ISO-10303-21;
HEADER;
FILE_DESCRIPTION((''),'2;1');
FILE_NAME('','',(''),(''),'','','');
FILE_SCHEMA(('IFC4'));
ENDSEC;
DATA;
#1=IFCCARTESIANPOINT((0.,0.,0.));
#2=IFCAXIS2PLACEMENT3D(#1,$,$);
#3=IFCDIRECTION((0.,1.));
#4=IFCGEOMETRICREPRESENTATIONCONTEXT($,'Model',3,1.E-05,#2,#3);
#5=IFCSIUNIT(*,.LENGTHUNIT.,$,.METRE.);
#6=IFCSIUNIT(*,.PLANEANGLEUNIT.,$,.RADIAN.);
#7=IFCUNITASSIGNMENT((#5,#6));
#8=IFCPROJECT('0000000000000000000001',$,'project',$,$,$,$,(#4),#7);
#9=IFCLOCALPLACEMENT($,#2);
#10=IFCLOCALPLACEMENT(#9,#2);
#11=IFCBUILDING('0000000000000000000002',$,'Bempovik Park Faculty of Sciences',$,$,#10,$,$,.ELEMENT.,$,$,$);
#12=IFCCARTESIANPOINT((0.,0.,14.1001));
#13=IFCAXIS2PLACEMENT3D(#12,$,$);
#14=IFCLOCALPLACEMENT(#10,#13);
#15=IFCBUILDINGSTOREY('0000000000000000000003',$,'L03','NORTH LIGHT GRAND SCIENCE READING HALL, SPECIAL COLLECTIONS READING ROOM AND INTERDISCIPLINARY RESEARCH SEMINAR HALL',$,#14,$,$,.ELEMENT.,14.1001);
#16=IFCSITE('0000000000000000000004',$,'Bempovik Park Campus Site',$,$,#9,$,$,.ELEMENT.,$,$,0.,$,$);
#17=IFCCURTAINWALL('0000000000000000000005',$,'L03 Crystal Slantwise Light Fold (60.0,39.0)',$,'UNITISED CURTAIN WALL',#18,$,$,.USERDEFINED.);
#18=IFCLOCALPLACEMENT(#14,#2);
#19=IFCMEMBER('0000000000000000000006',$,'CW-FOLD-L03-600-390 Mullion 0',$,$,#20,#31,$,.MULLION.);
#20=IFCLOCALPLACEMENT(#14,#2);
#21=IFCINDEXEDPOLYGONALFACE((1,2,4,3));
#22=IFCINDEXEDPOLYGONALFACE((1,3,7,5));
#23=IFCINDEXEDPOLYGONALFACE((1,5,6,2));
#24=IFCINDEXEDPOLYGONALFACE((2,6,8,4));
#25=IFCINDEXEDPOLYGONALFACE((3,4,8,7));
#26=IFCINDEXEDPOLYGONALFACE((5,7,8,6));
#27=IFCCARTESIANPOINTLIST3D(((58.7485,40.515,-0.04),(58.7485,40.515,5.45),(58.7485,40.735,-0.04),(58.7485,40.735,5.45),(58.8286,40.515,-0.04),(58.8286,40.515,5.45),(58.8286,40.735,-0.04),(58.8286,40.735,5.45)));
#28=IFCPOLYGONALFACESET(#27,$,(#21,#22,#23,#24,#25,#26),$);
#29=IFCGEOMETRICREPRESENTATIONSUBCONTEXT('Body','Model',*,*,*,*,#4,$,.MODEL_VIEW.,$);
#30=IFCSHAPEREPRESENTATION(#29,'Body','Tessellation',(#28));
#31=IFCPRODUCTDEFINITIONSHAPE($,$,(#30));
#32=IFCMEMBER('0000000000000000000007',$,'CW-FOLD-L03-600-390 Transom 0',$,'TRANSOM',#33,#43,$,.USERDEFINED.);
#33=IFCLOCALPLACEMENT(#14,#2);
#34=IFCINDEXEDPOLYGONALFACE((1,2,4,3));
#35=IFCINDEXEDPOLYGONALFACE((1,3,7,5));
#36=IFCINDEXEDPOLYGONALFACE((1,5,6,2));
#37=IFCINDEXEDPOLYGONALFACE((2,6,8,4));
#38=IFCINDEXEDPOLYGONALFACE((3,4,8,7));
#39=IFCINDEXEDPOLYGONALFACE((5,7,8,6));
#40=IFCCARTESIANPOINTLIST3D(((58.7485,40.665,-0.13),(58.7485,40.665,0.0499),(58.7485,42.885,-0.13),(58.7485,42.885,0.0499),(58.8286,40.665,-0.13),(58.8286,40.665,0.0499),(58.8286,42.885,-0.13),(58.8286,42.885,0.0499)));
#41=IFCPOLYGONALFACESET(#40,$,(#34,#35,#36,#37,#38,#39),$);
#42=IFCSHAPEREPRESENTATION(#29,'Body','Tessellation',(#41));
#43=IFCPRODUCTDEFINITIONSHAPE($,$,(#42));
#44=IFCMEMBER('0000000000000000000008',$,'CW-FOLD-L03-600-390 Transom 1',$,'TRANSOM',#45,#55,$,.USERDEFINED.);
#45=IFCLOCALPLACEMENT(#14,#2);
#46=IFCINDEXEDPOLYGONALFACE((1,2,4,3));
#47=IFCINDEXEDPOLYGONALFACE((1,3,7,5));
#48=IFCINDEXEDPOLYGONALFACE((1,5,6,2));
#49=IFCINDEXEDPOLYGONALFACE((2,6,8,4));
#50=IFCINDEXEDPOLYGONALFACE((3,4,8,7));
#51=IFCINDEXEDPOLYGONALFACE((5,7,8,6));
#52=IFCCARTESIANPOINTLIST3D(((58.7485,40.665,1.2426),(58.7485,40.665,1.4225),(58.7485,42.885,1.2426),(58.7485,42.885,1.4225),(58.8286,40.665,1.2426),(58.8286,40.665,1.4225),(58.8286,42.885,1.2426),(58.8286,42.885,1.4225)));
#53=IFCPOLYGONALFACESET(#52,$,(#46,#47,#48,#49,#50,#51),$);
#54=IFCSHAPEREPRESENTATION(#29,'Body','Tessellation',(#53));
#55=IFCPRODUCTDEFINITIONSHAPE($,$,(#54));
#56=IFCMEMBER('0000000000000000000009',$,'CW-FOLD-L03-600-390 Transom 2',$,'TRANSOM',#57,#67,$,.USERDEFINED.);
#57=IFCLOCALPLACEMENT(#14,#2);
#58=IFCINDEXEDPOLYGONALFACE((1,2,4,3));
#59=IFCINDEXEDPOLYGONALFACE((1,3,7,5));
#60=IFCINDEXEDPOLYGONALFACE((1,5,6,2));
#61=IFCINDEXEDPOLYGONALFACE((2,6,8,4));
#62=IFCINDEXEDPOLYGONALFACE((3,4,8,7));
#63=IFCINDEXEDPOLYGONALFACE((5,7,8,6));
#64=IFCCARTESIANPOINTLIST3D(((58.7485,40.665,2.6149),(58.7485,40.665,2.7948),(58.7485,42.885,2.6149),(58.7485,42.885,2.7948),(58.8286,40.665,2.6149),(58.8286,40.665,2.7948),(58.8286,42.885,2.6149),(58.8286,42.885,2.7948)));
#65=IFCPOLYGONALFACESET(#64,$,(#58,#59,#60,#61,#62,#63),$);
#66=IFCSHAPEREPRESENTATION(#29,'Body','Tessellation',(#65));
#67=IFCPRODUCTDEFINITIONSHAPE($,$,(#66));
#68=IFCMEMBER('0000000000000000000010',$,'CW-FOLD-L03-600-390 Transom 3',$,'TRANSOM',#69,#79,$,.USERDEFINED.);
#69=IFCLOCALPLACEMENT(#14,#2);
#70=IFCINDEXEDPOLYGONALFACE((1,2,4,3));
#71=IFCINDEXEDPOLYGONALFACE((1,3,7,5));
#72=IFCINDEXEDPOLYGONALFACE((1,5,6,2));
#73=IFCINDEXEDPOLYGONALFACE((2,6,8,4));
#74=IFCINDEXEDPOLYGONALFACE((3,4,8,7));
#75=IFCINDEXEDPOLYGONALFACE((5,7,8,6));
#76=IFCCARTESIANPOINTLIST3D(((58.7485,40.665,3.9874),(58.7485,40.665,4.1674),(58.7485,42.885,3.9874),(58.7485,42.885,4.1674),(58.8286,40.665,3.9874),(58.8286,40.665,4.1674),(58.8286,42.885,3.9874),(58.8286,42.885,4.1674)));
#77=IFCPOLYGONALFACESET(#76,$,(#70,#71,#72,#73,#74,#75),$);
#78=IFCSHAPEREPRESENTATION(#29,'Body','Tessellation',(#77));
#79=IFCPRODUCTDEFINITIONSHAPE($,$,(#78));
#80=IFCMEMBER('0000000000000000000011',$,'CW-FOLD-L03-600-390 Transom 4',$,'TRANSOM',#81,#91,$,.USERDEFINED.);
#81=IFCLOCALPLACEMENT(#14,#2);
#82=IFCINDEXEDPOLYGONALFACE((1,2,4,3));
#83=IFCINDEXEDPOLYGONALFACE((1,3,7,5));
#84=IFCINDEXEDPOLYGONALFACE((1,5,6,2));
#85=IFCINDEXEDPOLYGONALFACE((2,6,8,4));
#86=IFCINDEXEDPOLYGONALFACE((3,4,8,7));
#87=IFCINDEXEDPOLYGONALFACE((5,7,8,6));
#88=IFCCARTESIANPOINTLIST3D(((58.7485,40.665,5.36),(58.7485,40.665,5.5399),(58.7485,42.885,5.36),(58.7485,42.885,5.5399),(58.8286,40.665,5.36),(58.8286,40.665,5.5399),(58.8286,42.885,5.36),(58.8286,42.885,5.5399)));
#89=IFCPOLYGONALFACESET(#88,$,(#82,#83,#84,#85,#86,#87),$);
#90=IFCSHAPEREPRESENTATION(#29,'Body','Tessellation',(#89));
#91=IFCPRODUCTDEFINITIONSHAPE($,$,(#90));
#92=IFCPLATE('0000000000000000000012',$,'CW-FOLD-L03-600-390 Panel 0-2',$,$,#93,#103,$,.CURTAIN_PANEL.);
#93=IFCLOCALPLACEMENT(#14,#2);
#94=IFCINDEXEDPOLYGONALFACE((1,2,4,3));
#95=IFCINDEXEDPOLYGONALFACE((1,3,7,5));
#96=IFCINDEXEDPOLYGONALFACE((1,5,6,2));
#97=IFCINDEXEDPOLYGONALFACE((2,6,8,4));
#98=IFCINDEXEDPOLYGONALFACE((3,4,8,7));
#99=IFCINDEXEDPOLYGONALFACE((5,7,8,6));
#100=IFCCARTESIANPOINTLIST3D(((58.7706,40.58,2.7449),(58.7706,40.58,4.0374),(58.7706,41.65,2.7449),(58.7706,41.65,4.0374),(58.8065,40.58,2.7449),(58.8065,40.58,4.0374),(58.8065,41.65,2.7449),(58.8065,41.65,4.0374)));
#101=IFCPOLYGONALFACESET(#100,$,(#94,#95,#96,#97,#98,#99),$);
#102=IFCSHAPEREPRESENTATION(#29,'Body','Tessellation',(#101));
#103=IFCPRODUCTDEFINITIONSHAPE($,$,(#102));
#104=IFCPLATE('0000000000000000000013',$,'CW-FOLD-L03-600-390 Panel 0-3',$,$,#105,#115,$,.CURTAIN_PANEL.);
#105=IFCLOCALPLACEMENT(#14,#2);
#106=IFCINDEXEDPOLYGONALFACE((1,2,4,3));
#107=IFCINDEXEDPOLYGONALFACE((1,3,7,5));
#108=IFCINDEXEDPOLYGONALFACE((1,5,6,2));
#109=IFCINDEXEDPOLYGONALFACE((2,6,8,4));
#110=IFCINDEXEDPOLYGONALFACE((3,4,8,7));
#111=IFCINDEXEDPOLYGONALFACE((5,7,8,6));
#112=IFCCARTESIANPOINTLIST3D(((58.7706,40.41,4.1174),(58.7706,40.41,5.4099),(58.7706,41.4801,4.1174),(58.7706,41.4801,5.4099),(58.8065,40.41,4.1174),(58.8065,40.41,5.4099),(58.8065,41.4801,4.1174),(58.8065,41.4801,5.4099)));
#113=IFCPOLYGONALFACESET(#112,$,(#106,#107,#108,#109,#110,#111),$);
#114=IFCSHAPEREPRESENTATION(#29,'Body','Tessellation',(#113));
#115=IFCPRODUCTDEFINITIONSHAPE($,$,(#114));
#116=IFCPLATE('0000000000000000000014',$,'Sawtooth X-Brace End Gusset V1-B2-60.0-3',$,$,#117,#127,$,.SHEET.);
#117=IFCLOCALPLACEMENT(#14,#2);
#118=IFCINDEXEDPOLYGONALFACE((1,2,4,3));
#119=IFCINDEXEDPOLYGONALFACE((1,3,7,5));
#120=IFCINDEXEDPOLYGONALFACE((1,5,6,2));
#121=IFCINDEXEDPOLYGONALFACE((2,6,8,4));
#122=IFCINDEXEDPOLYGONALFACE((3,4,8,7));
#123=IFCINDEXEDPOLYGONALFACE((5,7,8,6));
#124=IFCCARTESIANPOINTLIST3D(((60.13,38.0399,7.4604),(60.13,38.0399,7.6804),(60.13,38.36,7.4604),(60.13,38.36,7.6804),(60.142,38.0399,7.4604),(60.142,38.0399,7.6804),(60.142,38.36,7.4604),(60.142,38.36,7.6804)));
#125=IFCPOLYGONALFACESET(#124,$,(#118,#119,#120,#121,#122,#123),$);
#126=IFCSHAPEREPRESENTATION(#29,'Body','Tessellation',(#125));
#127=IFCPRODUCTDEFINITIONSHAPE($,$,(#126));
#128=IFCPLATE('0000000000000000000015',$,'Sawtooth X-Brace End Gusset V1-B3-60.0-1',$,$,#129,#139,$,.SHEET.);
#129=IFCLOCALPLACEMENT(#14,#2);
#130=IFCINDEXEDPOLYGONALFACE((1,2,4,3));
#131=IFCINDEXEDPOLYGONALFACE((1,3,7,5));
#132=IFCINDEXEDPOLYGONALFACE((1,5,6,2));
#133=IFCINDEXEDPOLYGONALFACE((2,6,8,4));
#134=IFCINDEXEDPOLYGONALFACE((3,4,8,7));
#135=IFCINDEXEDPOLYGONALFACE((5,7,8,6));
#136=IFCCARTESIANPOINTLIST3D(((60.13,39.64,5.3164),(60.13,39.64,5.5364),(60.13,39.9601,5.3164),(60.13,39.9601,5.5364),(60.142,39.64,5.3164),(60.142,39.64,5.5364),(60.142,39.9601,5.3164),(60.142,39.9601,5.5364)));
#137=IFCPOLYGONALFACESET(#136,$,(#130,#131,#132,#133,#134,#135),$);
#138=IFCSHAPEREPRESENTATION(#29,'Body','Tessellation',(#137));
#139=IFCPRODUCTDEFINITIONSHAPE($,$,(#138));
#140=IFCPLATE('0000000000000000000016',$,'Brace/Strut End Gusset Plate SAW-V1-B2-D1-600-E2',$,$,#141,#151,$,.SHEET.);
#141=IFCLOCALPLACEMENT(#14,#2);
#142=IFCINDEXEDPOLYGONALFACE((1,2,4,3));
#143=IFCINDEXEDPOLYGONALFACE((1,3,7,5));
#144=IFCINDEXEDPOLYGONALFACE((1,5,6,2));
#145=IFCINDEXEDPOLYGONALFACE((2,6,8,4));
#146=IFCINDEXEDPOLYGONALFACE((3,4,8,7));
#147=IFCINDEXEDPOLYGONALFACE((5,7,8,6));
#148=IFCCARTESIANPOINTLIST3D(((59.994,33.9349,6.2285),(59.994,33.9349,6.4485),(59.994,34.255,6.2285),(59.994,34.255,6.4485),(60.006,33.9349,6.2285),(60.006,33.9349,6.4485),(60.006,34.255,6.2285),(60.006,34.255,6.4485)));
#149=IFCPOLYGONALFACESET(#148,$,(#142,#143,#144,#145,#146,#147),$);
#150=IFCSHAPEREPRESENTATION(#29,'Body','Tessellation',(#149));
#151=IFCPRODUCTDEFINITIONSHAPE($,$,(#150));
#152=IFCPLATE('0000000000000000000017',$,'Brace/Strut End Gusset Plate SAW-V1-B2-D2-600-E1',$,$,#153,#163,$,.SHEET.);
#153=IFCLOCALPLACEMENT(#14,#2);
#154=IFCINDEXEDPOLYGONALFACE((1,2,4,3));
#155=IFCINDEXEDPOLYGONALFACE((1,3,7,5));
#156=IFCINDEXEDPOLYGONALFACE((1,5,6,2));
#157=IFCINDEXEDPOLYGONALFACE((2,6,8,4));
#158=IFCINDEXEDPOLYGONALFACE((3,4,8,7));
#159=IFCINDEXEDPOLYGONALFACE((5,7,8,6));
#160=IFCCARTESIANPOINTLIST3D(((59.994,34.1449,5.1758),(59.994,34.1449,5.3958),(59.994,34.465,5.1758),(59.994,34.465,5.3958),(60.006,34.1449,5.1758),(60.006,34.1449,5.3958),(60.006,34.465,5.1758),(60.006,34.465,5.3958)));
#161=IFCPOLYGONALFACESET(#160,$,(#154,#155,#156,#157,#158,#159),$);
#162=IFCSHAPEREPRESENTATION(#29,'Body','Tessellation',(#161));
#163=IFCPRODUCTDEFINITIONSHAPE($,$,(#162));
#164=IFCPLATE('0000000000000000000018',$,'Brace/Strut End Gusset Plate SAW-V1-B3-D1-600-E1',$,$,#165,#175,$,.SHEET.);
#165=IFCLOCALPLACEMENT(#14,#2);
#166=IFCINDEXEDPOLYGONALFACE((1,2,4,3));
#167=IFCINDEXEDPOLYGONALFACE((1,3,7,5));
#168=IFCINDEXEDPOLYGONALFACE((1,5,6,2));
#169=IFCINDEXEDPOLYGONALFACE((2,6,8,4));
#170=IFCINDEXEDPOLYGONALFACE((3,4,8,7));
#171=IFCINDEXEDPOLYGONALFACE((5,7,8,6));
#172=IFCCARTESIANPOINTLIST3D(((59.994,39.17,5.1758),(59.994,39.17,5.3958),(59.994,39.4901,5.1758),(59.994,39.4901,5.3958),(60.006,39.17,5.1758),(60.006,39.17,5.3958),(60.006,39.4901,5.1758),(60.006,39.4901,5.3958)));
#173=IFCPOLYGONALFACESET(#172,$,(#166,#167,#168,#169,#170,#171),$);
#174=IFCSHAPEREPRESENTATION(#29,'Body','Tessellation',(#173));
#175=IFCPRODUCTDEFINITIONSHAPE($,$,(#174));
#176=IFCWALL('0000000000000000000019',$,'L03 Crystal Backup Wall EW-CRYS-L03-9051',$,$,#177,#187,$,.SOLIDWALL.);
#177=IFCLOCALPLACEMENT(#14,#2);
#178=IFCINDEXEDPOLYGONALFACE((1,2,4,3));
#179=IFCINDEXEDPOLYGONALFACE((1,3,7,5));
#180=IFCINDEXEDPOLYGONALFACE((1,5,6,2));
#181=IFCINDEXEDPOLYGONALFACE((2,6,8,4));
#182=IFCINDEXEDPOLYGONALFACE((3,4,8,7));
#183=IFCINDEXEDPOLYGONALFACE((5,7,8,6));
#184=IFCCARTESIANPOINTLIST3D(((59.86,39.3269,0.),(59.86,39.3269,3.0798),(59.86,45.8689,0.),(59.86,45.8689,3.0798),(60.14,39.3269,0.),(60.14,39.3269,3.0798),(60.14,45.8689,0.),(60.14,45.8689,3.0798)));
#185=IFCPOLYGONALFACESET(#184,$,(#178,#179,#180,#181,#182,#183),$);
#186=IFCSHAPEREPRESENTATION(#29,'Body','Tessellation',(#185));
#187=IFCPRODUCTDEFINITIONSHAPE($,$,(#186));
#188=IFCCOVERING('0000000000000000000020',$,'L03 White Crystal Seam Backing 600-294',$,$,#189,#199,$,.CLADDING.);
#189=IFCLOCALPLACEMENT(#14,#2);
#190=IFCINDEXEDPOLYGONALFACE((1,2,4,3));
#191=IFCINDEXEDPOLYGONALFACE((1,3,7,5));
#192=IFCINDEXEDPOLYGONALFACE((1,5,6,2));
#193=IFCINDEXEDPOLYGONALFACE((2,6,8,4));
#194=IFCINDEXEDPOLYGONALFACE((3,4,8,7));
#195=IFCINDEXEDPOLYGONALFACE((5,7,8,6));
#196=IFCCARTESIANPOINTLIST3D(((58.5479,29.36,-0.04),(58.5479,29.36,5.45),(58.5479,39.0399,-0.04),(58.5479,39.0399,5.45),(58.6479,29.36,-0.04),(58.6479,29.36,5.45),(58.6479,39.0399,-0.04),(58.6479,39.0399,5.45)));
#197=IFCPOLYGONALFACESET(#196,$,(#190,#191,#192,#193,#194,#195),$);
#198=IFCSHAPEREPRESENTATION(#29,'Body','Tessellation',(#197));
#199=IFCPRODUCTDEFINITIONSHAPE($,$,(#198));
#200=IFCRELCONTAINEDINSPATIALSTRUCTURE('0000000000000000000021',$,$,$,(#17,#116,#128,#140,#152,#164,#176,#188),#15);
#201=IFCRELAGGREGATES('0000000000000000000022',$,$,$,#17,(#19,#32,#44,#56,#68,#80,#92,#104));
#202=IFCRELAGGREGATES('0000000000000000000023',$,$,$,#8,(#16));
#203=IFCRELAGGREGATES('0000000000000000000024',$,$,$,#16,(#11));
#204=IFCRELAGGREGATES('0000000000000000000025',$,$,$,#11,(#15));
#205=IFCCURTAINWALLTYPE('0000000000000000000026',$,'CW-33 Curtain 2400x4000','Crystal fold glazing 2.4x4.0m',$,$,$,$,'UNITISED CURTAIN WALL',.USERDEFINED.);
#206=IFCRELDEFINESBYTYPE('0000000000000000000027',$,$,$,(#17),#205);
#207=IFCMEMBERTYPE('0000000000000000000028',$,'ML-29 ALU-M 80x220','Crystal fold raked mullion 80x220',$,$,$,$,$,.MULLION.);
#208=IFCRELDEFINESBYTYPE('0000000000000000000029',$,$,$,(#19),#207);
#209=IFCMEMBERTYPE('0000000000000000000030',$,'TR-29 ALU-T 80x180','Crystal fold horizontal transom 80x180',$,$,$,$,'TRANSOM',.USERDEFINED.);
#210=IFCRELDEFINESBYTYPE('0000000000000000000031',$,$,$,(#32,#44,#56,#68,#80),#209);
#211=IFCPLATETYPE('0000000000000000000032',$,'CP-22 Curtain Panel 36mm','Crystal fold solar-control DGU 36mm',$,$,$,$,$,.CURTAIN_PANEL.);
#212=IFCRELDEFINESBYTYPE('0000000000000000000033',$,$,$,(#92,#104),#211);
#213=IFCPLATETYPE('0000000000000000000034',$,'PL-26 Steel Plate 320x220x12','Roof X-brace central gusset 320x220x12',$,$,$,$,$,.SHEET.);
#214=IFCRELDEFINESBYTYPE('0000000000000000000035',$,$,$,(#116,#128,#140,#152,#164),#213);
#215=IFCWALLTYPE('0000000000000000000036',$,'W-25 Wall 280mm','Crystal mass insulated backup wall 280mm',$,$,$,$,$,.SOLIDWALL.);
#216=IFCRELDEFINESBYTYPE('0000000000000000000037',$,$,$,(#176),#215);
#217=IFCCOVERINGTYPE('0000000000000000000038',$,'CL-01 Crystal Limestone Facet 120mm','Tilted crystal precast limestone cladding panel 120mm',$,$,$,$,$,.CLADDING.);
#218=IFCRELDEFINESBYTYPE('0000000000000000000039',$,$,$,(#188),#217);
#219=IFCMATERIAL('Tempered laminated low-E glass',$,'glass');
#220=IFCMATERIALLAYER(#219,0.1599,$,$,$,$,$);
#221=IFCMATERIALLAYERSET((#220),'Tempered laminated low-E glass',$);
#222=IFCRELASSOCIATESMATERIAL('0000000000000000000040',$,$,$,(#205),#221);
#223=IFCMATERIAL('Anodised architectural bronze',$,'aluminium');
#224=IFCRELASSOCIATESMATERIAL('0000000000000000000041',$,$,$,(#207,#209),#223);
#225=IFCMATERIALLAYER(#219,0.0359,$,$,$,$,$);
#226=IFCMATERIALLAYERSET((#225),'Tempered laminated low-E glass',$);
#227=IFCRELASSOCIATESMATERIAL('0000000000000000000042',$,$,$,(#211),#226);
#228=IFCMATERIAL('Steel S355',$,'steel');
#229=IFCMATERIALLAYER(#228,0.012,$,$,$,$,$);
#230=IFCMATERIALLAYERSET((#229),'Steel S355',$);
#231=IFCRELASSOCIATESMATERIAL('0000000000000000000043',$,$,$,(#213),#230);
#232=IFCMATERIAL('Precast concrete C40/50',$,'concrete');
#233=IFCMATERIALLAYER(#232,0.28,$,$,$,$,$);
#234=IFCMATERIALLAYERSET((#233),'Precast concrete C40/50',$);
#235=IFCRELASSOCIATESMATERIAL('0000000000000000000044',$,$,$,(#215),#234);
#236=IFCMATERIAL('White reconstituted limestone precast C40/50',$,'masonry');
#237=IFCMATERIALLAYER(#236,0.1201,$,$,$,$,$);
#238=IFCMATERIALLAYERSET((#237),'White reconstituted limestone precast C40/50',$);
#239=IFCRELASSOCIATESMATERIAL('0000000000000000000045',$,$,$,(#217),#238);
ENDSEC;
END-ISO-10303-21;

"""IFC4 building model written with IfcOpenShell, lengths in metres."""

from ifc_helpers import new_model, si_unit, direction, frame, frame_2d, origin, origin_2d, place, context, subcontext, project, spatial, rectangle, extrude, material, layer, layer_set, material_profile, profile_set, type_object, element, aggregate, save


model = new_model("IFC4")

# Units and contexts
model_context = context("Model", 3, precision=1e-05, world=origin(), true_north=direction((0.0, 1.0)))
body_context = subcontext(model_context, "Body", "Model", "MODEL_VIEW")
ifc_project = project(units=[si_unit("LENGTHUNIT", "METRE"), si_unit("PLANEANGLEUNIT", "RADIAN")], contexts=[model_context])

# Site, building, storey
site_placement = place(None, origin())
site = spatial("IfcSite", under=ifc_project, at=site_placement, Name="Bempovik Park Campus Site", CompositionType="ELEMENT", RefElevation=0.0)
building_placement = place(site_placement, origin())
building = spatial("IfcBuilding", under=site, at=building_placement, Name="Bempovik Park Faculty of Sciences", CompositionType="ELEMENT")
storey_placement = place(building_placement, frame((0.0, 0.0, 14.1001)))
storey = spatial("IfcBuildingStorey", under=building, at=storey_placement, Name="L03", Description="NORTH LIGHT GRAND SCIENCE READING HALL, SPECIAL COLLECTIONS READING ROOM AND INTERDISCIPLINARY RESEARCH SEMINAR HALL", CompositionType="ELEMENT", Elevation=14.1001)

# Shared definitions
ifc_material_1 = material(Name="Steel S355", Category="steel")

# Curtain wall, members, plates
ifc_material_2 = material(Name="Tempered laminated low-E glass", Category="glass")
ifc_layer_1 = layer(ifc_material_2, 0.1599)
ifc_layer_set_1 = layer_set([ifc_layer_1], Name="Tempered laminated low-E glass")
curtain_wall_type = type_object("IfcCurtainWallType", Name="CW-33 Curtain 2400x4000", Description="Crystal fold glazing 2.4x4.0m", ElementType="UNITISED CURTAIN WALL", PredefinedType="USERDEFINED", material=ifc_layer_set_1)
curtain_wall_placement = place(storey_placement, origin())
curtain_wall = element("IfcCurtainWall", 1, at=curtain_wall_placement, inside=storey, type_object=curtain_wall_type, Name="L03 Crystal Slantwise Light Fold (60.0,39.0)", ObjectType="UNITISED CURTAIN WALL", PredefinedType="USERDEFINED")
ifc_material_3 = material(Name="Anodised architectural bronze", Category="aluminium")
ifc_material_profile_1 = material_profile(ifc_material_3, rectangle(XDim=0.0801, YDim=0.22, at=origin_2d()), Name="ALU-M 80x220")
ifc_profile_set_1 = profile_set([ifc_material_profile_1], Name="Anodised architectural bronze")
member_type_1 = type_object("IfcMemberType", Name="ML-29 ALU-M 80x220", Description="Crystal fold raked mullion 80x220", PredefinedType="MULLION", material=ifc_profile_set_1)
member_1_placement = place(storey_placement, frame((58.7886, 40.625, -0.04), z_axis=(0.0, 0.0, 1.0), x_axis=(1.0, 0.0, 0.0)))
member_1 = element("IfcMember", 2, at=member_1_placement, type_object=member_type_1, Name="CW-FOLD-L03-600-390 Mullion 0", PredefinedType="MULLION", context=body_context, shape_type="SweptSolid", body=[
    extrude(rectangle(XDim=0.0801, YDim=0.22, at=origin_2d()), origin(), (0.0, 0.0, 1.0), 5.49),
])
ifc_material_profile_2 = material_profile(ifc_material_3, rectangle(XDim=0.0801, YDim=0.1799, at=origin_2d()), Name="ALU-T 80x180")
ifc_profile_set_2 = profile_set([ifc_material_profile_2], Name="Anodised architectural bronze")
member_type_2 = type_object("IfcMemberType", Name="TR-29 ALU-T 80x180", Description="Crystal fold horizontal transom 80x180", ElementType="TRANSOM", PredefinedType="USERDEFINED", material=ifc_profile_set_2)
member_2_placement = place(storey_placement, frame((58.7886, 40.665, -0.04), z_axis=(0.0, 1.0, 0.0), x_axis=(-1.0, 0.0, 0.0)))
member_2 = element("IfcMember", 3, at=member_2_placement, type_object=member_type_2, Name="CW-FOLD-L03-600-390 Transom 0", ObjectType="TRANSOM", PredefinedType="USERDEFINED", context=body_context, shape_type="SweptSolid", body=[
    extrude(rectangle(XDim=0.0801, YDim=0.1799, at=origin_2d()), origin(), (0.0, 0.0, 1.0), 2.22),
])
member_3_placement = place(storey_placement, frame((58.7886, 40.665, 1.3325), z_axis=(0.0, 1.0, 0.0), x_axis=(-1.0, 0.0, 0.0)))
member_3 = element("IfcMember", 4, at=member_3_placement, type_object=member_type_2, Name="CW-FOLD-L03-600-390 Transom 1", ObjectType="TRANSOM", PredefinedType="USERDEFINED", context=body_context, shape_type="SweptSolid", body=[
    extrude(rectangle(XDim=0.0801, YDim=0.1799, at=origin_2d()), origin(), (0.0, 0.0, 1.0), 2.22),
])
member_4_placement = place(storey_placement, frame((58.7886, 40.665, 2.7048), z_axis=(0.0, 1.0, 0.0), x_axis=(-1.0, 0.0, 0.0)))
member_4 = element("IfcMember", 5, at=member_4_placement, type_object=member_type_2, Name="CW-FOLD-L03-600-390 Transom 2", ObjectType="TRANSOM", PredefinedType="USERDEFINED", context=body_context, shape_type="SweptSolid", body=[
    extrude(rectangle(XDim=0.0801, YDim=0.1799, at=origin_2d()), origin(), (0.0, 0.0, 1.0), 2.22),
])
member_5_placement = place(storey_placement, frame((58.7886, 40.665, 4.0774), z_axis=(0.0, 1.0, 0.0), x_axis=(-1.0, 0.0, 0.0)))
member_5 = element("IfcMember", 6, at=member_5_placement, type_object=member_type_2, Name="CW-FOLD-L03-600-390 Transom 3", ObjectType="TRANSOM", PredefinedType="USERDEFINED", context=body_context, shape_type="SweptSolid", body=[
    extrude(rectangle(XDim=0.0801, YDim=0.1799, at=origin_2d()), origin(), (0.0, 0.0, 1.0), 2.22),
])
member_6_placement = place(storey_placement, frame((58.7886, 40.665, 5.45), z_axis=(0.0, 1.0, 0.0), x_axis=(-1.0, 0.0, 0.0)))
member_6 = element("IfcMember", 7, at=member_6_placement, type_object=member_type_2, Name="CW-FOLD-L03-600-390 Transom 4", ObjectType="TRANSOM", PredefinedType="USERDEFINED", context=body_context, shape_type="SweptSolid", body=[
    extrude(rectangle(XDim=0.0801, YDim=0.1799, at=origin_2d()), origin(), (0.0, 0.0, 1.0), 2.22),
])
ifc_layer_2 = layer(ifc_material_2, 0.0359)
ifc_layer_set_2 = layer_set([ifc_layer_2], Name="Tempered laminated low-E glass")
plate_type_1 = type_object("IfcPlateType", Name="CP-22 Curtain Panel 36mm", Description="Crystal fold solar-control DGU 36mm", PredefinedType="CURTAIN_PANEL", material=ifc_layer_set_2)
plate_1_placement = place(storey_placement, frame((58.7886, 41.115, 2.7449), z_axis=(0.0, 0.0, 1.0), x_axis=(0.0, 1.0, 0.0)))
plate_1 = element("IfcPlate", 8, at=plate_1_placement, type_object=plate_type_1, Name="CW-FOLD-L03-600-390 Panel 0-2", PredefinedType="CURTAIN_PANEL", context=body_context, shape_type="SweptSolid", body=[
    extrude(rectangle(XDim=1.0701, YDim=0.0359, at=origin_2d()), origin(), (0.0, 0.0, 1.0), 1.2925),
])
plate_2_placement = place(storey_placement, frame((58.7886, 40.9451, 4.1174), z_axis=(0.0, 0.0, 1.0), x_axis=(0.0, 1.0, 0.0)))
plate_2 = element("IfcPlate", 9, at=plate_2_placement, type_object=plate_type_1, Name="CW-FOLD-L03-600-390 Panel 0-3", PredefinedType="CURTAIN_PANEL", context=body_context, shape_type="SweptSolid", body=[
    extrude(rectangle(XDim=1.0701, YDim=0.0359, at=origin_2d()), origin(), (0.0, 0.0, 1.0), 1.2925),
])
aggregate(curtain_wall, [member_1, member_2, member_3, member_4, member_5, member_6, plate_1, plate_2])

# Plates
ifc_layer_3 = layer(ifc_material_1, 0.012)
ifc_layer_set_3 = layer_set([ifc_layer_3], Name="Steel S355")
plate_type_2 = type_object("IfcPlateType", Name="PL-26 Steel Plate 320x220x12", Description="Roof X-brace central gusset 320x220x12", PredefinedType="SHEET", material=ifc_layer_set_3)
for number, where, z_axis, x_axis, name in (
    (10, (60.136, 38.2, 7.4604), (0.0, 0.0, 1.0), (1.0, 0.0, 0.0), "Sawtooth X-Brace End Gusset V1-B2-60.0-3"),
    (11, (60.136, 39.8, 5.3164), (0.0, 0.0, 1.0), (1.0, 0.0, 0.0), "Sawtooth X-Brace End Gusset V1-B3-60.0-1"),
    (12, (60.0, 34.095, 6.2285), (0.0, 0.0, 1.0), (1.0, 0.0, 0.0), "Brace/Strut End Gusset Plate SAW-V1-B2-D1-600-E2"),
    (13, (60.0, 34.3049, 5.1758), (0.0, 0.0, 1.0), (1.0, 0.0, 0.0), "Brace/Strut End Gusset Plate SAW-V1-B2-D2-600-E1"),
    (14, (60.0, 39.3301, 5.1758), (0.0, 0.0, 1.0), (1.0, 0.0, 0.0), "Brace/Strut End Gusset Plate SAW-V1-B3-D1-600-E1"),
):
    element("IfcPlate", number, at=place(storey_placement, frame(where, z_axis=z_axis, x_axis=x_axis)), inside=storey, type_object=plate_type_2, Name=name, PredefinedType="SHEET", context=body_context, shape_type="SweptSolid", body=[
        extrude(rectangle(XDim=0.012, YDim=0.3201, at=origin_2d()), origin(), (0.0, 0.0, 1.0), 0.22),
    ])

# Wall
ifc_material_4 = material(Name="Precast concrete C40/50", Category="concrete")
ifc_layer_4 = layer(ifc_material_4, 0.28)
ifc_layer_set_4 = layer_set([ifc_layer_4], Name="Precast concrete C40/50")
wall_type = type_object("IfcWallType", Name="W-25 Wall 280mm", Description="Crystal mass insulated backup wall 280mm", PredefinedType="SOLIDWALL", material=ifc_layer_set_4)
wall_placement = place(storey_placement, frame((60.0, 39.3269, 0.0), z_axis=(0.0, 0.0, 1.0), x_axis=(0.0, 1.0, 0.0)))
element("IfcWall", 15, at=wall_placement, inside=storey, type_object=wall_type, Name="L03 Crystal Backup Wall EW-CRYS-L03-9051", PredefinedType="SOLIDWALL", context=body_context, shape_type="SweptSolid", body=[
    extrude(rectangle(XDim=6.542, YDim=0.28, at=frame_2d((3.271, 0.0))), origin(), (0.0, 0.0, 1.0), 3.0798),
])

# Covering
ifc_material_5 = material(Name="White reconstituted limestone precast C40/50", Category="masonry")
ifc_layer_5 = layer(ifc_material_5, 0.1201)
ifc_layer_set_5 = layer_set([ifc_layer_5], Name="White reconstituted limestone precast C40/50")
covering_type = type_object("IfcCoveringType", Name="CL-01 Crystal Limestone Facet 120mm", Description="Tilted crystal precast limestone cladding panel 120mm", PredefinedType="CLADDING", material=ifc_layer_set_5)
covering_1_placement = place(storey_placement, frame((58.5979, 34.2, -0.04), z_axis=(0.0, 0.0, 1.0), x_axis=(1.0, 0.0, 0.0)))
element("IfcCovering", 16, at=covering_1_placement, inside=storey, type_object=covering_type, Name="L03 White Crystal Seam Backing 600-294", PredefinedType="CLADDING", context=body_context, shape_type="SweptSolid", body=[
    extrude(rectangle(XDim=0.1001, YDim=9.6799, at=origin_2d()), origin(), (0.0, 0.0, 1.0), 5.49),
])

save(model, "model.ifc")
